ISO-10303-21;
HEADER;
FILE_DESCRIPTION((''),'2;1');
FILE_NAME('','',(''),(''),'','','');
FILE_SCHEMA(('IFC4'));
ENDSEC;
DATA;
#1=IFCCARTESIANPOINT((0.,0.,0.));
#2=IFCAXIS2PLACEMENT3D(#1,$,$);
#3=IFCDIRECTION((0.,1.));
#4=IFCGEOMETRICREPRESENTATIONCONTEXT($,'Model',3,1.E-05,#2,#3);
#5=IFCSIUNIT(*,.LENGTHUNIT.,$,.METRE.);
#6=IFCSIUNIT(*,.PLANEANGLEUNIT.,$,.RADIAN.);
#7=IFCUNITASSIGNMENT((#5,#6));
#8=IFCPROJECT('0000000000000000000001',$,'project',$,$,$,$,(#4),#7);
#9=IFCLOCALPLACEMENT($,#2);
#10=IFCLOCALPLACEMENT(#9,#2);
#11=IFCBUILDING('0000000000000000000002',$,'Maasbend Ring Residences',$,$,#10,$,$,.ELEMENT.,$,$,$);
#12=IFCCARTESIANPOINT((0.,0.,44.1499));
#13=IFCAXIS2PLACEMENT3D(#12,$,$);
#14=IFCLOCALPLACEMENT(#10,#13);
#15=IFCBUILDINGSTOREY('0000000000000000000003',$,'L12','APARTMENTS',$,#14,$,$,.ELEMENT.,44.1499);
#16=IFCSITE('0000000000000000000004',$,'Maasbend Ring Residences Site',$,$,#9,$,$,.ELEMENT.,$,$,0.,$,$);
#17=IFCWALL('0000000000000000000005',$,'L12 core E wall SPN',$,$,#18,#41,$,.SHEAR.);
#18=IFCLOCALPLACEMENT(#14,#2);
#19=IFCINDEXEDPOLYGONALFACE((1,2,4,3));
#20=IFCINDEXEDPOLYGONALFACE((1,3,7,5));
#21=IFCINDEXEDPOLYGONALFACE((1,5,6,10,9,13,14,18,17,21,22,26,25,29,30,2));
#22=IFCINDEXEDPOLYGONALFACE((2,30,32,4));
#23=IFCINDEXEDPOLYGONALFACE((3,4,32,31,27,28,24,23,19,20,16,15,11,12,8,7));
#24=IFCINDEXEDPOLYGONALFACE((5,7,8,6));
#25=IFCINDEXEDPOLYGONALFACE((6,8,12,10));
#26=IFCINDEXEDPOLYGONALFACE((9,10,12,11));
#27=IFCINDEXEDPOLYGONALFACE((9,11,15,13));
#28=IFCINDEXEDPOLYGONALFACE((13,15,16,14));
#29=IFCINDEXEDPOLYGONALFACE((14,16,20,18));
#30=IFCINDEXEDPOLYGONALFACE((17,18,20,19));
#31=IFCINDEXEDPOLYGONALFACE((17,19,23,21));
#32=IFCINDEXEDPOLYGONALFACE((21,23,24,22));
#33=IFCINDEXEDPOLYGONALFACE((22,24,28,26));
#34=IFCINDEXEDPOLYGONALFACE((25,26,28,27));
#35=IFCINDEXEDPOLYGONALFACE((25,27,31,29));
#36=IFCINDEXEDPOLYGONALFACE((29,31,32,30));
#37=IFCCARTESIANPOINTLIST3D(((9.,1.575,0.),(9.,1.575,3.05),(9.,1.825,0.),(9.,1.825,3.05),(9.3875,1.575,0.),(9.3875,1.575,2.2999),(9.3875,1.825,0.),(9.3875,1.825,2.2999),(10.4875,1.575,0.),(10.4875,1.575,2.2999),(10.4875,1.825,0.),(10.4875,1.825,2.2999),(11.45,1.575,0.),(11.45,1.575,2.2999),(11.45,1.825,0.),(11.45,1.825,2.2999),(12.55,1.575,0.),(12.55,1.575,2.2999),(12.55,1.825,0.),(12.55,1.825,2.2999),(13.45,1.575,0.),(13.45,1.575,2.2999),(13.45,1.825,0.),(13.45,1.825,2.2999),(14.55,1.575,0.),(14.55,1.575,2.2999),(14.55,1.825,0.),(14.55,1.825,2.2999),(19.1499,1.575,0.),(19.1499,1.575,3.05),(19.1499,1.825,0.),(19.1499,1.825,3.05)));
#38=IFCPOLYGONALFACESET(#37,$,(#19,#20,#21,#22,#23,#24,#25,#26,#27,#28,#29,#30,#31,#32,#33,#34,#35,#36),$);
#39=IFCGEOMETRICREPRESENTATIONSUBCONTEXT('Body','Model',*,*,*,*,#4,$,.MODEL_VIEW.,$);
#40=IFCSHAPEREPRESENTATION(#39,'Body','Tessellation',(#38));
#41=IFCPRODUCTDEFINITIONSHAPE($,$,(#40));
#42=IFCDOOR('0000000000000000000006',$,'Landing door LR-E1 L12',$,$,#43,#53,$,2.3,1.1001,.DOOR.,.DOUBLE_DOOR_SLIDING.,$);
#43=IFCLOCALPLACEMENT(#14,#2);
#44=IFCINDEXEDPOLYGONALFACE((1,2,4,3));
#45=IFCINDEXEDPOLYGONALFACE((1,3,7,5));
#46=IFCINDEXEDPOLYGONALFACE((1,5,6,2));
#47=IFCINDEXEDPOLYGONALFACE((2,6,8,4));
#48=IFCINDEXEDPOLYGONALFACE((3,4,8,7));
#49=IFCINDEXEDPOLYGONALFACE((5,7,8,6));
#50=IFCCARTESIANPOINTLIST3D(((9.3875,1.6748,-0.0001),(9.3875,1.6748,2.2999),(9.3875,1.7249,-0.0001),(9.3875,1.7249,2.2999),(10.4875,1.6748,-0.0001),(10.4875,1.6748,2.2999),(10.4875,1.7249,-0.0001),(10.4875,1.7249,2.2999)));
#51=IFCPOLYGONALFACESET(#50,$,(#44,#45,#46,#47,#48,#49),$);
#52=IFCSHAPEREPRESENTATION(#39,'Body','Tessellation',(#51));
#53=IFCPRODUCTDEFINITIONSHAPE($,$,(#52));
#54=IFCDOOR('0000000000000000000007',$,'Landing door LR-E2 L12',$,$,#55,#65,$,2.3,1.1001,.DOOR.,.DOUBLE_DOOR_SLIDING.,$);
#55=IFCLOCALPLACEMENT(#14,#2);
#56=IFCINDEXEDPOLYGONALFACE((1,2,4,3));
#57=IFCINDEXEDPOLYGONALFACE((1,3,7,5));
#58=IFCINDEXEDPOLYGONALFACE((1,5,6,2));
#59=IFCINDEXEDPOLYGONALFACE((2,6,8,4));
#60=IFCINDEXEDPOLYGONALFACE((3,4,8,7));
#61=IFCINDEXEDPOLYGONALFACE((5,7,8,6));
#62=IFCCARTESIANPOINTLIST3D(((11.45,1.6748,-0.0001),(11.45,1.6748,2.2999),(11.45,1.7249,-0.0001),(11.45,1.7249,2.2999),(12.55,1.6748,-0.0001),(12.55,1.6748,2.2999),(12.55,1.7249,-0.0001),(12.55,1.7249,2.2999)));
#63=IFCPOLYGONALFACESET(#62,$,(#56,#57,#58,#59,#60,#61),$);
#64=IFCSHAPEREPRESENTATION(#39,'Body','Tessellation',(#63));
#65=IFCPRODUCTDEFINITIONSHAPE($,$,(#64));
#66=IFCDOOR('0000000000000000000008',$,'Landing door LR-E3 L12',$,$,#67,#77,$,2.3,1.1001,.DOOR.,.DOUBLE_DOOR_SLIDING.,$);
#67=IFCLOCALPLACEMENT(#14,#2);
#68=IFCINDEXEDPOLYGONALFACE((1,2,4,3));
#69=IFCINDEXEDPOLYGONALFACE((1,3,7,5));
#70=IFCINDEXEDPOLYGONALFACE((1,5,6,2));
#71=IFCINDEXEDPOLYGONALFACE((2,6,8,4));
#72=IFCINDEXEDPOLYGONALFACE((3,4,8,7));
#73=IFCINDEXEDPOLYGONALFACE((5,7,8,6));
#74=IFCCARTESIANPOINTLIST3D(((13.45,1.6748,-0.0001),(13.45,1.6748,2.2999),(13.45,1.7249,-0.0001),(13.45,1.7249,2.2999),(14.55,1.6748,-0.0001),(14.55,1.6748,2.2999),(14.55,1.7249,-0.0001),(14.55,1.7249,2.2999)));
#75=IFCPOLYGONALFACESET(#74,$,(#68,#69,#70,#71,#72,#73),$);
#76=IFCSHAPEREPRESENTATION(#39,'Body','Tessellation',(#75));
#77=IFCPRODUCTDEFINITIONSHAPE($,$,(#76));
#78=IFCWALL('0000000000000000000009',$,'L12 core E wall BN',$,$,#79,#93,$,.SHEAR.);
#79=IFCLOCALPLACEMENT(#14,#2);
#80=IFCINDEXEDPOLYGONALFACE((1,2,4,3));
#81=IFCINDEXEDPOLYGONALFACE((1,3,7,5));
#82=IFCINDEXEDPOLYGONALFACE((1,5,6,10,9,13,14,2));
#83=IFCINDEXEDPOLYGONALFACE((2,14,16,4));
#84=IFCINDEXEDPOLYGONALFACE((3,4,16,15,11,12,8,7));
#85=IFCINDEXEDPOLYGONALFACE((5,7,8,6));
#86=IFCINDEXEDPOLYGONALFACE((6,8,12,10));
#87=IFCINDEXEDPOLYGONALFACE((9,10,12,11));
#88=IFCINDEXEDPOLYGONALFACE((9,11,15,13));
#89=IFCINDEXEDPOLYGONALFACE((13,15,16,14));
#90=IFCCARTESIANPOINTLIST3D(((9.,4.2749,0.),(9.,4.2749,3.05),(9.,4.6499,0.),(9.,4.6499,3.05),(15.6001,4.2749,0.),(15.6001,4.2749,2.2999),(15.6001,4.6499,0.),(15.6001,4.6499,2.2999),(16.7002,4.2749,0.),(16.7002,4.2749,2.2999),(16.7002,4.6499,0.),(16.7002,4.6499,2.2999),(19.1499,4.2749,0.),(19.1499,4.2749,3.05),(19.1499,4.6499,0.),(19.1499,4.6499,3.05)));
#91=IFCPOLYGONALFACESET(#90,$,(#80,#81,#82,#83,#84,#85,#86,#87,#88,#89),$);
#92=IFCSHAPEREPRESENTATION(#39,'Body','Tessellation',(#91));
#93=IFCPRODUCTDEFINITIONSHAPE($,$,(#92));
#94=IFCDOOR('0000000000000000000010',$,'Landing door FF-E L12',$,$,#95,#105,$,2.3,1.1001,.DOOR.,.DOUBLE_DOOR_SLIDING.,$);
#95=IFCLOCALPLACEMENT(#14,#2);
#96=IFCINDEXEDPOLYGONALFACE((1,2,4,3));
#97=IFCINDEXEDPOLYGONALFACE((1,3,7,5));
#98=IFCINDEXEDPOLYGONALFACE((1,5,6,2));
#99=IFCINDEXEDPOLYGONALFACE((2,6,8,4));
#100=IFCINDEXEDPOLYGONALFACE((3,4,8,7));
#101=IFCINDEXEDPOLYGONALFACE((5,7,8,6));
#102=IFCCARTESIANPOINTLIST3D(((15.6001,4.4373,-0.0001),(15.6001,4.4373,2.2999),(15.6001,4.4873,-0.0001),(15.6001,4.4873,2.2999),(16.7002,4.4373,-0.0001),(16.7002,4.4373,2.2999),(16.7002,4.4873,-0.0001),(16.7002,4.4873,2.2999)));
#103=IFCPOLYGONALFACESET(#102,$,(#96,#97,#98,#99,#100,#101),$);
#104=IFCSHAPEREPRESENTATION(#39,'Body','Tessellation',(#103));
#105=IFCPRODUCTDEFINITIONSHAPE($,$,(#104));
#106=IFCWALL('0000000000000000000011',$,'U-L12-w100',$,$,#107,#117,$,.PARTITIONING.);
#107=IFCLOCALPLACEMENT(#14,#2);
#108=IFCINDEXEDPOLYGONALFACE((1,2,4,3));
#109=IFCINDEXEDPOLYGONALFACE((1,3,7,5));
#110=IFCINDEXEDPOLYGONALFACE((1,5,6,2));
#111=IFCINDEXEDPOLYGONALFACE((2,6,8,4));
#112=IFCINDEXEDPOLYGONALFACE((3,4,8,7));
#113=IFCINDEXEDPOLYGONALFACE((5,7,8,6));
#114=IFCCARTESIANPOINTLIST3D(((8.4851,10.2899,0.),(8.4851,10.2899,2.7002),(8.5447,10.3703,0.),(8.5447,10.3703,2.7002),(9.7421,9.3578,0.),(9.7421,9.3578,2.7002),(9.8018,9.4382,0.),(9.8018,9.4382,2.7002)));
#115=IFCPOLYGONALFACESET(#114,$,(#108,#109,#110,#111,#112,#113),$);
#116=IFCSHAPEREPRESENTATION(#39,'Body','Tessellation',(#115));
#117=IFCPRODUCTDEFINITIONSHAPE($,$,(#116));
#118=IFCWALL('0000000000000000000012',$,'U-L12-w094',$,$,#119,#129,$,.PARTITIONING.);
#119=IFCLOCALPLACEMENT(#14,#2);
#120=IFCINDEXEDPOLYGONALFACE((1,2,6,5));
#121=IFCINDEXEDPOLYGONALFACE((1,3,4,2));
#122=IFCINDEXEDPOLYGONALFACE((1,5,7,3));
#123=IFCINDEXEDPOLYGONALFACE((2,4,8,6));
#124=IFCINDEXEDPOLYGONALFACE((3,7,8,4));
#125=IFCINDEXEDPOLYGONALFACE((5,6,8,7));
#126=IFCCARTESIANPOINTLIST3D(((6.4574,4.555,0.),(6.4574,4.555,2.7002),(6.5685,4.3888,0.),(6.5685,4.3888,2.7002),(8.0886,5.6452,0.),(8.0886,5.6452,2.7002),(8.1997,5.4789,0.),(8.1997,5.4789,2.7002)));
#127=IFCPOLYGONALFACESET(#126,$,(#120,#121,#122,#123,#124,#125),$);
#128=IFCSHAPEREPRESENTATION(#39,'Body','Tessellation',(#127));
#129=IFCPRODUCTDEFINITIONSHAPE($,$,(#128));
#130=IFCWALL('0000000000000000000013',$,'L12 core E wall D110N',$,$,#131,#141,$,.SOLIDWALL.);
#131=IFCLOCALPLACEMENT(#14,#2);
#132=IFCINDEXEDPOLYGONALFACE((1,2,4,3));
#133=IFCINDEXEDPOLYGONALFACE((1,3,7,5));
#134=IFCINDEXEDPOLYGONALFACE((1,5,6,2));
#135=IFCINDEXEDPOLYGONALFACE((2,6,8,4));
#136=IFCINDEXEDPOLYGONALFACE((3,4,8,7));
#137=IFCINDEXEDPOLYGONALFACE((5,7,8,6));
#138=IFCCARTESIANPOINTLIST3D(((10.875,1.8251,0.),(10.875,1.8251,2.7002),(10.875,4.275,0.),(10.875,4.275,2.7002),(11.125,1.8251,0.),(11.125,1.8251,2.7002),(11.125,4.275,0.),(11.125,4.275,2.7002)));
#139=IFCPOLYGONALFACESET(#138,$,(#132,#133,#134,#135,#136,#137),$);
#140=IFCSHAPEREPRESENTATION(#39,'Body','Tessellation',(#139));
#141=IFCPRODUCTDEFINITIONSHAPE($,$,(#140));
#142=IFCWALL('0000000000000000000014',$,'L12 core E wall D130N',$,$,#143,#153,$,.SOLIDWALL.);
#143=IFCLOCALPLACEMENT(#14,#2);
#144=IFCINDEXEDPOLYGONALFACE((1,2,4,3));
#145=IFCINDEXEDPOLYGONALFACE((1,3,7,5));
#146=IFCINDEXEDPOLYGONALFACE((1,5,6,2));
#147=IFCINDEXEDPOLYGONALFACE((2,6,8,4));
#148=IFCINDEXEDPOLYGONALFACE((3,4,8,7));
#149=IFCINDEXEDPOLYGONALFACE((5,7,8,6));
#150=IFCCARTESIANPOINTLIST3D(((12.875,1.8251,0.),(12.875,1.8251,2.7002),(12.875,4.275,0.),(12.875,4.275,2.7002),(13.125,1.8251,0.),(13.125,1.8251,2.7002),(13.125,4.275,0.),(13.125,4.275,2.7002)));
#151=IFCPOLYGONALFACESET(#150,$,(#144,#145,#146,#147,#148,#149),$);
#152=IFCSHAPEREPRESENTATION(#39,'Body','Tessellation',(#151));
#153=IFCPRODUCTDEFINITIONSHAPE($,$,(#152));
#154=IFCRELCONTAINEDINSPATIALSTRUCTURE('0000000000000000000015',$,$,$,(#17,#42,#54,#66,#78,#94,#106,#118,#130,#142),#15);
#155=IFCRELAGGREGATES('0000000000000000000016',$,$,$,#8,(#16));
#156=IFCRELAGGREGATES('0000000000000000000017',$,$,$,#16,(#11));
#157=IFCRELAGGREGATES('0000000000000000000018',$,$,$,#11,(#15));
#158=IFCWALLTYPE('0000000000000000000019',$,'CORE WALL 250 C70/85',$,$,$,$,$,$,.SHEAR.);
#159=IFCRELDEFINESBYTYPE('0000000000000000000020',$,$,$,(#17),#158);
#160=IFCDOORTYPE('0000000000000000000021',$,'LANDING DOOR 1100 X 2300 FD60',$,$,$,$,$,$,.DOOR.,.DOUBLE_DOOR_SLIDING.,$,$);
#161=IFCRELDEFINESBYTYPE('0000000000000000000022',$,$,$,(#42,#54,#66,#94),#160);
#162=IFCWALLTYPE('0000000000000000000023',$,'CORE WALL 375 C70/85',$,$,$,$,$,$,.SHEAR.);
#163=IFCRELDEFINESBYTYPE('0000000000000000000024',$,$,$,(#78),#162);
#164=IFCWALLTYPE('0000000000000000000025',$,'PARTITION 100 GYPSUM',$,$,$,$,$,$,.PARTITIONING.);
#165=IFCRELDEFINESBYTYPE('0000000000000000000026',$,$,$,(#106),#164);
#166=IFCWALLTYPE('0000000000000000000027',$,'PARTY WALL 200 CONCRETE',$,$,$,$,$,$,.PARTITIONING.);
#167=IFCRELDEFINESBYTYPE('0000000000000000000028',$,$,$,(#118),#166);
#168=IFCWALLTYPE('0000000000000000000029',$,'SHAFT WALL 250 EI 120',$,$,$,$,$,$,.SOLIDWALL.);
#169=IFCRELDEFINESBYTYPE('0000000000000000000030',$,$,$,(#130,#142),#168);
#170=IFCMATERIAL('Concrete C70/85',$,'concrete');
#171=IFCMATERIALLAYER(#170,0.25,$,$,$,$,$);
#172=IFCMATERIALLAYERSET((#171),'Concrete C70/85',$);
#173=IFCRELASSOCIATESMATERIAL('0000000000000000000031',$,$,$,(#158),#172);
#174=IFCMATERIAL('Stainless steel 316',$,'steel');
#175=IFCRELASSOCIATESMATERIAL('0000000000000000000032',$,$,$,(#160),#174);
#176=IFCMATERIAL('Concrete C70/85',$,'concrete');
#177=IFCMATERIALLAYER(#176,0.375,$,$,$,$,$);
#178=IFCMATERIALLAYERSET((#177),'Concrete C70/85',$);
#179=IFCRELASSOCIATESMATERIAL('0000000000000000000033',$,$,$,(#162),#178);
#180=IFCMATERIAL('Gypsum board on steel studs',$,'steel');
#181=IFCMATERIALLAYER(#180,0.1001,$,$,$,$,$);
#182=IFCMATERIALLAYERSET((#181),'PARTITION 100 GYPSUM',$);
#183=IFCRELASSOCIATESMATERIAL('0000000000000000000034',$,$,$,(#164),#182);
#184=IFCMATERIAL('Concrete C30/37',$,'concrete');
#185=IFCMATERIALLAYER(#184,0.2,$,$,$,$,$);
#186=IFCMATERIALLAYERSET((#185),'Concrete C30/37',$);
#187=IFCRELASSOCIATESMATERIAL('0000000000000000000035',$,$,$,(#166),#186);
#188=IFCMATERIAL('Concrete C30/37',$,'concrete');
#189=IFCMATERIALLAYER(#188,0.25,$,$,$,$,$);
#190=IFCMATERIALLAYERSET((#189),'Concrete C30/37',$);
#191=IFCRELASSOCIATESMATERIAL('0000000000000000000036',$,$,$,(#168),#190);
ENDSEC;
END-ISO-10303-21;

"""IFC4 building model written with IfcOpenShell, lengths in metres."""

from ifc_helpers import new_model, si_unit, direction, frame, frame_2d, origin, place, context, subcontext, project, spatial, rectangle, extrude, material, layer, layer_set, type_object, element, fill, save


model = new_model("IFC4")

# Units and contexts
model_context = context("Model", 3, precision=1e-05, world=origin(), true_north=direction((0.0, 1.0)))
body_context = subcontext(model_context, "Body", "Model", "MODEL_VIEW")
ifc_project = project(units=[si_unit("LENGTHUNIT", "METRE"), si_unit("PLANEANGLEUNIT", "RADIAN")], contexts=[model_context])

# Site, building, storey
site_placement = place(None, origin())
site = spatial("IfcSite", under=ifc_project, at=site_placement, Name="Maasbend Ring Residences Site", CompositionType="ELEMENT", RefElevation=0.0)
building_placement = place(site_placement, origin())
building = spatial("IfcBuilding", under=site, at=building_placement, Name="Maasbend Ring Residences", CompositionType="ELEMENT")
storey_placement = place(building_placement, frame((0.0, 0.0, 44.1499)))
storey = spatial("IfcBuildingStorey", under=building, at=storey_placement, Name="L12", Description="APARTMENTS", CompositionType="ELEMENT", Elevation=44.1499)

# Wall, openings, doors
ifc_material_1 = material(Name="Concrete C70/85", Category="concrete")
ifc_layer_1 = layer(ifc_material_1, 0.25)
ifc_layer_set_1 = layer_set([ifc_layer_1], Name="Concrete C70/85")
wall_type_1 = type_object("IfcWallType", Name="CORE WALL 250 C70/85", PredefinedType="SHEAR", material=ifc_layer_set_1)
wall_1_placement = place(storey_placement, frame((9.0, 1.7, 0.0), z_axis=(0.0, 0.0, 1.0), x_axis=(1.0, 0.0, 0.0)))
wall_1 = element("IfcWall", 1, at=wall_1_placement, inside=storey, type_object=wall_type_1, Name="L12 core E wall SPN", PredefinedType="SHEAR", context=body_context, shape_type="SweptSolid", body=[
    extrude(rectangle(XDim=10.1499, YDim=0.25, at=frame_2d((5.075, 0.0))), origin(), (0.0, 0.0, 1.0), 3.05),
])
opening_1_placement = place(wall_1_placement, frame((0.3875, 0.0, 0.0)))
opening_1 = element("IfcOpeningElement", 2, at=opening_1_placement, cuts=wall_1, PredefinedType="OPENING", context=body_context, shape_type="SweptSolid", body=[
    extrude(rectangle(XDim=1.1001, YDim=2.3, at=frame_2d((0.55, 1.1499))), frame((0.0, 0.135, 0.0), z_axis=(0.0, -1.0, 0.0), x_axis=(1.0, 0.0, 0.0)), (0.0, 0.0, 1.0), 0.27),
])
opening_2_placement = place(wall_1_placement, frame((2.45, 0.0, 0.0)))
opening_2 = element("IfcOpeningElement", 3, at=opening_2_placement, cuts=wall_1, PredefinedType="OPENING", context=body_context, shape_type="SweptSolid", body=[
    extrude(rectangle(XDim=1.1001, YDim=2.3, at=frame_2d((0.55, 1.1499))), frame((0.0, 0.135, 0.0), z_axis=(0.0, -1.0, 0.0), x_axis=(1.0, 0.0, 0.0)), (0.0, 0.0, 1.0), 0.27),
])
opening_3_placement = place(wall_1_placement, frame((4.45, 0.0, 0.0)))
opening_3 = element("IfcOpeningElement", 4, at=opening_3_placement, cuts=wall_1, PredefinedType="OPENING", context=body_context, shape_type="SweptSolid", body=[
    extrude(rectangle(XDim=1.1001, YDim=2.3, at=frame_2d((0.55, 1.1499))), frame((0.0, 0.135, 0.0), z_axis=(0.0, -1.0, 0.0), x_axis=(1.0, 0.0, 0.0)), (0.0, 0.0, 1.0), 0.27),
])
ifc_material_2 = material(Name="Stainless steel 316", Category="steel")
door_type = type_object("IfcDoorType", Name="LANDING DOOR 1100 X 2300 FD60", OperationType="DOUBLE_DOOR_SLIDING", PredefinedType="DOOR", material=ifc_material_2)
door_1_placement = place(opening_1_placement, origin())
door_1 = element("IfcDoor", 5, at=door_1_placement, inside=storey, type_object=door_type, Name="Landing door LR-E1 L12", OperationType="DOUBLE_DOOR_SLIDING", OverallHeight=2.3, OverallWidth=1.1001, PredefinedType="DOOR", context=body_context, shape_type="SweptSolid", body=[
    extrude(rectangle(XDim=1.1001, YDim=2.3, at=frame_2d((0.55, 1.1499))), frame((0.0, 0.0249, 0.0), z_axis=(0.0, -1.0, 0.0), x_axis=(1.0, 0.0, 0.0)), (0.0, 0.0, 1.0), 0.05),
])
fill(opening_1, door_1)
door_2_placement = place(opening_2_placement, origin())
door_2 = element("IfcDoor", 6, at=door_2_placement, inside=storey, type_object=door_type, Name="Landing door LR-E2 L12", OperationType="DOUBLE_DOOR_SLIDING", OverallHeight=2.3, OverallWidth=1.1001, PredefinedType="DOOR", context=body_context, shape_type="SweptSolid", body=[
    extrude(rectangle(XDim=1.1001, YDim=2.3, at=frame_2d((0.55, 1.1499))), frame((0.0, 0.0249, 0.0), z_axis=(0.0, -1.0, 0.0), x_axis=(1.0, 0.0, 0.0)), (0.0, 0.0, 1.0), 0.05),
])
fill(opening_2, door_2)
door_3_placement = place(opening_3_placement, origin())
door_3 = element("IfcDoor", 7, at=door_3_placement, inside=storey, type_object=door_type, Name="Landing door LR-E3 L12", OperationType="DOUBLE_DOOR_SLIDING", OverallHeight=2.3, OverallWidth=1.1001, PredefinedType="DOOR", context=body_context, shape_type="SweptSolid", body=[
    extrude(rectangle(XDim=1.1001, YDim=2.3, at=frame_2d((0.55, 1.1499))), frame((0.0, 0.0249, 0.0), z_axis=(0.0, -1.0, 0.0), x_axis=(1.0, 0.0, 0.0)), (0.0, 0.0, 1.0), 0.05),
])
fill(opening_3, door_3)

# Wall, opening, door
ifc_material_3 = material(Name="Concrete C70/85", Category="concrete")
ifc_layer_2 = layer(ifc_material_3, 0.375)
ifc_layer_set_2 = layer_set([ifc_layer_2], Name="Concrete C70/85")
wall_type_2 = type_object("IfcWallType", Name="CORE WALL 375 C70/85", PredefinedType="SHEAR", material=ifc_layer_set_2)
wall_2_placement = place(storey_placement, frame((9.0, 4.4624, 0.0), z_axis=(0.0, 0.0, 1.0), x_axis=(1.0, 0.0, 0.0)))
wall_2 = element("IfcWall", 8, at=wall_2_placement, inside=storey, type_object=wall_type_2, Name="L12 core E wall BN", PredefinedType="SHEAR", context=body_context, shape_type="SweptSolid", body=[
    extrude(rectangle(XDim=10.1499, YDim=0.375, at=frame_2d((5.075, 0.0))), origin(), (0.0, 0.0, 1.0), 3.05),
])
opening_4_placement = place(wall_2_placement, frame((6.6001, 0.0, 0.0)))
opening_4 = element("IfcOpeningElement", 9, at=opening_4_placement, cuts=wall_2, PredefinedType="OPENING", context=body_context, shape_type="SweptSolid", body=[
    extrude(rectangle(XDim=1.1001, YDim=2.3, at=frame_2d((0.55, 1.1499))), frame((0.0, 0.1975, 0.0), z_axis=(0.0, -1.0, 0.0), x_axis=(1.0, 0.0, 0.0)), (0.0, 0.0, 1.0), 0.395),
])
door_4_placement = place(opening_4_placement, origin())
door_4 = element("IfcDoor", 10, at=door_4_placement, inside=storey, type_object=door_type, Name="Landing door FF-E L12", OperationType="DOUBLE_DOOR_SLIDING", OverallHeight=2.3, OverallWidth=1.1001, PredefinedType="DOOR", context=body_context, shape_type="SweptSolid", body=[
    extrude(rectangle(XDim=1.1001, YDim=2.3, at=frame_2d((0.55, 1.1499))), frame((0.0, 0.0249, 0.0), z_axis=(0.0, -1.0, 0.0), x_axis=(1.0, 0.0, 0.0)), (0.0, 0.0, 1.0), 0.05),
])
fill(opening_4, door_4)

# Walls
ifc_material_4 = material(Name="Gypsum board on steel studs", Category="steel")
ifc_layer_3 = layer(ifc_material_4, 0.1001)
ifc_layer_set_3 = layer_set([ifc_layer_3], Name="PARTITION 100 GYPSUM")
wall_type_3 = type_object("IfcWallType", Name="PARTITION 100 GYPSUM", PredefinedType="PARTITIONING", material=ifc_layer_set_3)
wall_3_placement = place(storey_placement, frame((8.5149, 10.3301, 0.0), z_axis=(0.0, 0.0, 1.0), x_axis=(0.803264, -0.595623, 0.0)))
element("IfcWall", 11, at=wall_3_placement, inside=storey, type_object=wall_type_3, Name="U-L12-w100", PredefinedType="PARTITIONING", context=body_context, shape_type="SweptSolid", body=[
    extrude(rectangle(XDim=1.5649, YDim=0.1001, at=frame_2d((0.7825, 0.0))), origin(), (0.0, 0.0, 1.0), 2.7002),
])
ifc_material_5 = material(Name="Concrete C30/37", Category="concrete")
ifc_layer_4 = layer(ifc_material_5, 0.2)
ifc_layer_set_4 = layer_set([ifc_layer_4], Name="Concrete C30/37")
wall_type_4 = type_object("IfcWallType", Name="PARTY WALL 200 CONCRETE", PredefinedType="PARTITIONING", material=ifc_layer_set_4)
wall_4_placement = place(storey_placement, frame((6.5129, 4.4719, 0.0), z_axis=(0.0, 0.0, 1.0), x_axis=(0.831418, 0.555648, 0.0)))
element("IfcWall", 12, at=wall_4_placement, inside=storey, type_object=wall_type_4, Name="U-L12-w094", PredefinedType="PARTITIONING", context=body_context, shape_type="SweptSolid", body=[
    extrude(rectangle(XDim=1.9619, YDim=0.2, at=frame_2d((0.981, 0.0))), origin(), (0.0, 0.0, 1.0), 2.7002),
])
ifc_material_6 = material(Name="Concrete C30/37", Category="concrete")
ifc_layer_5 = layer(ifc_material_6, 0.25)
ifc_layer_set_5 = layer_set([ifc_layer_5], Name="Concrete C30/37")
wall_type_5 = type_object("IfcWallType", Name="SHAFT WALL 250 EI 120", PredefinedType="SOLIDWALL", material=ifc_layer_set_5)
for number, where, z_axis, x_axis, name in (
    (13, (11.0, 1.825, 0.0), (0.0, 0.0, 1.0), (0.0, 1.0, 0.0), "L12 core E wall D110N"),
    (14, (13.0, 1.825, 0.0), (0.0, 0.0, 1.0), (0.0, 1.0, 0.0), "L12 core E wall D130N"),
):
    element("IfcWall", number, at=place(storey_placement, frame(where, z_axis=z_axis, x_axis=x_axis)), inside=storey, type_object=wall_type_5, Name=name, PredefinedType="SOLIDWALL", context=body_context, shape_type="SweptSolid", body=[
        extrude(rectangle(XDim=2.45, YDim=0.25, at=frame_2d((1.2251, 0.0))), origin(), (0.0, 0.0, 1.0), 2.7002),
    ])

save(model, "model.ifc")
